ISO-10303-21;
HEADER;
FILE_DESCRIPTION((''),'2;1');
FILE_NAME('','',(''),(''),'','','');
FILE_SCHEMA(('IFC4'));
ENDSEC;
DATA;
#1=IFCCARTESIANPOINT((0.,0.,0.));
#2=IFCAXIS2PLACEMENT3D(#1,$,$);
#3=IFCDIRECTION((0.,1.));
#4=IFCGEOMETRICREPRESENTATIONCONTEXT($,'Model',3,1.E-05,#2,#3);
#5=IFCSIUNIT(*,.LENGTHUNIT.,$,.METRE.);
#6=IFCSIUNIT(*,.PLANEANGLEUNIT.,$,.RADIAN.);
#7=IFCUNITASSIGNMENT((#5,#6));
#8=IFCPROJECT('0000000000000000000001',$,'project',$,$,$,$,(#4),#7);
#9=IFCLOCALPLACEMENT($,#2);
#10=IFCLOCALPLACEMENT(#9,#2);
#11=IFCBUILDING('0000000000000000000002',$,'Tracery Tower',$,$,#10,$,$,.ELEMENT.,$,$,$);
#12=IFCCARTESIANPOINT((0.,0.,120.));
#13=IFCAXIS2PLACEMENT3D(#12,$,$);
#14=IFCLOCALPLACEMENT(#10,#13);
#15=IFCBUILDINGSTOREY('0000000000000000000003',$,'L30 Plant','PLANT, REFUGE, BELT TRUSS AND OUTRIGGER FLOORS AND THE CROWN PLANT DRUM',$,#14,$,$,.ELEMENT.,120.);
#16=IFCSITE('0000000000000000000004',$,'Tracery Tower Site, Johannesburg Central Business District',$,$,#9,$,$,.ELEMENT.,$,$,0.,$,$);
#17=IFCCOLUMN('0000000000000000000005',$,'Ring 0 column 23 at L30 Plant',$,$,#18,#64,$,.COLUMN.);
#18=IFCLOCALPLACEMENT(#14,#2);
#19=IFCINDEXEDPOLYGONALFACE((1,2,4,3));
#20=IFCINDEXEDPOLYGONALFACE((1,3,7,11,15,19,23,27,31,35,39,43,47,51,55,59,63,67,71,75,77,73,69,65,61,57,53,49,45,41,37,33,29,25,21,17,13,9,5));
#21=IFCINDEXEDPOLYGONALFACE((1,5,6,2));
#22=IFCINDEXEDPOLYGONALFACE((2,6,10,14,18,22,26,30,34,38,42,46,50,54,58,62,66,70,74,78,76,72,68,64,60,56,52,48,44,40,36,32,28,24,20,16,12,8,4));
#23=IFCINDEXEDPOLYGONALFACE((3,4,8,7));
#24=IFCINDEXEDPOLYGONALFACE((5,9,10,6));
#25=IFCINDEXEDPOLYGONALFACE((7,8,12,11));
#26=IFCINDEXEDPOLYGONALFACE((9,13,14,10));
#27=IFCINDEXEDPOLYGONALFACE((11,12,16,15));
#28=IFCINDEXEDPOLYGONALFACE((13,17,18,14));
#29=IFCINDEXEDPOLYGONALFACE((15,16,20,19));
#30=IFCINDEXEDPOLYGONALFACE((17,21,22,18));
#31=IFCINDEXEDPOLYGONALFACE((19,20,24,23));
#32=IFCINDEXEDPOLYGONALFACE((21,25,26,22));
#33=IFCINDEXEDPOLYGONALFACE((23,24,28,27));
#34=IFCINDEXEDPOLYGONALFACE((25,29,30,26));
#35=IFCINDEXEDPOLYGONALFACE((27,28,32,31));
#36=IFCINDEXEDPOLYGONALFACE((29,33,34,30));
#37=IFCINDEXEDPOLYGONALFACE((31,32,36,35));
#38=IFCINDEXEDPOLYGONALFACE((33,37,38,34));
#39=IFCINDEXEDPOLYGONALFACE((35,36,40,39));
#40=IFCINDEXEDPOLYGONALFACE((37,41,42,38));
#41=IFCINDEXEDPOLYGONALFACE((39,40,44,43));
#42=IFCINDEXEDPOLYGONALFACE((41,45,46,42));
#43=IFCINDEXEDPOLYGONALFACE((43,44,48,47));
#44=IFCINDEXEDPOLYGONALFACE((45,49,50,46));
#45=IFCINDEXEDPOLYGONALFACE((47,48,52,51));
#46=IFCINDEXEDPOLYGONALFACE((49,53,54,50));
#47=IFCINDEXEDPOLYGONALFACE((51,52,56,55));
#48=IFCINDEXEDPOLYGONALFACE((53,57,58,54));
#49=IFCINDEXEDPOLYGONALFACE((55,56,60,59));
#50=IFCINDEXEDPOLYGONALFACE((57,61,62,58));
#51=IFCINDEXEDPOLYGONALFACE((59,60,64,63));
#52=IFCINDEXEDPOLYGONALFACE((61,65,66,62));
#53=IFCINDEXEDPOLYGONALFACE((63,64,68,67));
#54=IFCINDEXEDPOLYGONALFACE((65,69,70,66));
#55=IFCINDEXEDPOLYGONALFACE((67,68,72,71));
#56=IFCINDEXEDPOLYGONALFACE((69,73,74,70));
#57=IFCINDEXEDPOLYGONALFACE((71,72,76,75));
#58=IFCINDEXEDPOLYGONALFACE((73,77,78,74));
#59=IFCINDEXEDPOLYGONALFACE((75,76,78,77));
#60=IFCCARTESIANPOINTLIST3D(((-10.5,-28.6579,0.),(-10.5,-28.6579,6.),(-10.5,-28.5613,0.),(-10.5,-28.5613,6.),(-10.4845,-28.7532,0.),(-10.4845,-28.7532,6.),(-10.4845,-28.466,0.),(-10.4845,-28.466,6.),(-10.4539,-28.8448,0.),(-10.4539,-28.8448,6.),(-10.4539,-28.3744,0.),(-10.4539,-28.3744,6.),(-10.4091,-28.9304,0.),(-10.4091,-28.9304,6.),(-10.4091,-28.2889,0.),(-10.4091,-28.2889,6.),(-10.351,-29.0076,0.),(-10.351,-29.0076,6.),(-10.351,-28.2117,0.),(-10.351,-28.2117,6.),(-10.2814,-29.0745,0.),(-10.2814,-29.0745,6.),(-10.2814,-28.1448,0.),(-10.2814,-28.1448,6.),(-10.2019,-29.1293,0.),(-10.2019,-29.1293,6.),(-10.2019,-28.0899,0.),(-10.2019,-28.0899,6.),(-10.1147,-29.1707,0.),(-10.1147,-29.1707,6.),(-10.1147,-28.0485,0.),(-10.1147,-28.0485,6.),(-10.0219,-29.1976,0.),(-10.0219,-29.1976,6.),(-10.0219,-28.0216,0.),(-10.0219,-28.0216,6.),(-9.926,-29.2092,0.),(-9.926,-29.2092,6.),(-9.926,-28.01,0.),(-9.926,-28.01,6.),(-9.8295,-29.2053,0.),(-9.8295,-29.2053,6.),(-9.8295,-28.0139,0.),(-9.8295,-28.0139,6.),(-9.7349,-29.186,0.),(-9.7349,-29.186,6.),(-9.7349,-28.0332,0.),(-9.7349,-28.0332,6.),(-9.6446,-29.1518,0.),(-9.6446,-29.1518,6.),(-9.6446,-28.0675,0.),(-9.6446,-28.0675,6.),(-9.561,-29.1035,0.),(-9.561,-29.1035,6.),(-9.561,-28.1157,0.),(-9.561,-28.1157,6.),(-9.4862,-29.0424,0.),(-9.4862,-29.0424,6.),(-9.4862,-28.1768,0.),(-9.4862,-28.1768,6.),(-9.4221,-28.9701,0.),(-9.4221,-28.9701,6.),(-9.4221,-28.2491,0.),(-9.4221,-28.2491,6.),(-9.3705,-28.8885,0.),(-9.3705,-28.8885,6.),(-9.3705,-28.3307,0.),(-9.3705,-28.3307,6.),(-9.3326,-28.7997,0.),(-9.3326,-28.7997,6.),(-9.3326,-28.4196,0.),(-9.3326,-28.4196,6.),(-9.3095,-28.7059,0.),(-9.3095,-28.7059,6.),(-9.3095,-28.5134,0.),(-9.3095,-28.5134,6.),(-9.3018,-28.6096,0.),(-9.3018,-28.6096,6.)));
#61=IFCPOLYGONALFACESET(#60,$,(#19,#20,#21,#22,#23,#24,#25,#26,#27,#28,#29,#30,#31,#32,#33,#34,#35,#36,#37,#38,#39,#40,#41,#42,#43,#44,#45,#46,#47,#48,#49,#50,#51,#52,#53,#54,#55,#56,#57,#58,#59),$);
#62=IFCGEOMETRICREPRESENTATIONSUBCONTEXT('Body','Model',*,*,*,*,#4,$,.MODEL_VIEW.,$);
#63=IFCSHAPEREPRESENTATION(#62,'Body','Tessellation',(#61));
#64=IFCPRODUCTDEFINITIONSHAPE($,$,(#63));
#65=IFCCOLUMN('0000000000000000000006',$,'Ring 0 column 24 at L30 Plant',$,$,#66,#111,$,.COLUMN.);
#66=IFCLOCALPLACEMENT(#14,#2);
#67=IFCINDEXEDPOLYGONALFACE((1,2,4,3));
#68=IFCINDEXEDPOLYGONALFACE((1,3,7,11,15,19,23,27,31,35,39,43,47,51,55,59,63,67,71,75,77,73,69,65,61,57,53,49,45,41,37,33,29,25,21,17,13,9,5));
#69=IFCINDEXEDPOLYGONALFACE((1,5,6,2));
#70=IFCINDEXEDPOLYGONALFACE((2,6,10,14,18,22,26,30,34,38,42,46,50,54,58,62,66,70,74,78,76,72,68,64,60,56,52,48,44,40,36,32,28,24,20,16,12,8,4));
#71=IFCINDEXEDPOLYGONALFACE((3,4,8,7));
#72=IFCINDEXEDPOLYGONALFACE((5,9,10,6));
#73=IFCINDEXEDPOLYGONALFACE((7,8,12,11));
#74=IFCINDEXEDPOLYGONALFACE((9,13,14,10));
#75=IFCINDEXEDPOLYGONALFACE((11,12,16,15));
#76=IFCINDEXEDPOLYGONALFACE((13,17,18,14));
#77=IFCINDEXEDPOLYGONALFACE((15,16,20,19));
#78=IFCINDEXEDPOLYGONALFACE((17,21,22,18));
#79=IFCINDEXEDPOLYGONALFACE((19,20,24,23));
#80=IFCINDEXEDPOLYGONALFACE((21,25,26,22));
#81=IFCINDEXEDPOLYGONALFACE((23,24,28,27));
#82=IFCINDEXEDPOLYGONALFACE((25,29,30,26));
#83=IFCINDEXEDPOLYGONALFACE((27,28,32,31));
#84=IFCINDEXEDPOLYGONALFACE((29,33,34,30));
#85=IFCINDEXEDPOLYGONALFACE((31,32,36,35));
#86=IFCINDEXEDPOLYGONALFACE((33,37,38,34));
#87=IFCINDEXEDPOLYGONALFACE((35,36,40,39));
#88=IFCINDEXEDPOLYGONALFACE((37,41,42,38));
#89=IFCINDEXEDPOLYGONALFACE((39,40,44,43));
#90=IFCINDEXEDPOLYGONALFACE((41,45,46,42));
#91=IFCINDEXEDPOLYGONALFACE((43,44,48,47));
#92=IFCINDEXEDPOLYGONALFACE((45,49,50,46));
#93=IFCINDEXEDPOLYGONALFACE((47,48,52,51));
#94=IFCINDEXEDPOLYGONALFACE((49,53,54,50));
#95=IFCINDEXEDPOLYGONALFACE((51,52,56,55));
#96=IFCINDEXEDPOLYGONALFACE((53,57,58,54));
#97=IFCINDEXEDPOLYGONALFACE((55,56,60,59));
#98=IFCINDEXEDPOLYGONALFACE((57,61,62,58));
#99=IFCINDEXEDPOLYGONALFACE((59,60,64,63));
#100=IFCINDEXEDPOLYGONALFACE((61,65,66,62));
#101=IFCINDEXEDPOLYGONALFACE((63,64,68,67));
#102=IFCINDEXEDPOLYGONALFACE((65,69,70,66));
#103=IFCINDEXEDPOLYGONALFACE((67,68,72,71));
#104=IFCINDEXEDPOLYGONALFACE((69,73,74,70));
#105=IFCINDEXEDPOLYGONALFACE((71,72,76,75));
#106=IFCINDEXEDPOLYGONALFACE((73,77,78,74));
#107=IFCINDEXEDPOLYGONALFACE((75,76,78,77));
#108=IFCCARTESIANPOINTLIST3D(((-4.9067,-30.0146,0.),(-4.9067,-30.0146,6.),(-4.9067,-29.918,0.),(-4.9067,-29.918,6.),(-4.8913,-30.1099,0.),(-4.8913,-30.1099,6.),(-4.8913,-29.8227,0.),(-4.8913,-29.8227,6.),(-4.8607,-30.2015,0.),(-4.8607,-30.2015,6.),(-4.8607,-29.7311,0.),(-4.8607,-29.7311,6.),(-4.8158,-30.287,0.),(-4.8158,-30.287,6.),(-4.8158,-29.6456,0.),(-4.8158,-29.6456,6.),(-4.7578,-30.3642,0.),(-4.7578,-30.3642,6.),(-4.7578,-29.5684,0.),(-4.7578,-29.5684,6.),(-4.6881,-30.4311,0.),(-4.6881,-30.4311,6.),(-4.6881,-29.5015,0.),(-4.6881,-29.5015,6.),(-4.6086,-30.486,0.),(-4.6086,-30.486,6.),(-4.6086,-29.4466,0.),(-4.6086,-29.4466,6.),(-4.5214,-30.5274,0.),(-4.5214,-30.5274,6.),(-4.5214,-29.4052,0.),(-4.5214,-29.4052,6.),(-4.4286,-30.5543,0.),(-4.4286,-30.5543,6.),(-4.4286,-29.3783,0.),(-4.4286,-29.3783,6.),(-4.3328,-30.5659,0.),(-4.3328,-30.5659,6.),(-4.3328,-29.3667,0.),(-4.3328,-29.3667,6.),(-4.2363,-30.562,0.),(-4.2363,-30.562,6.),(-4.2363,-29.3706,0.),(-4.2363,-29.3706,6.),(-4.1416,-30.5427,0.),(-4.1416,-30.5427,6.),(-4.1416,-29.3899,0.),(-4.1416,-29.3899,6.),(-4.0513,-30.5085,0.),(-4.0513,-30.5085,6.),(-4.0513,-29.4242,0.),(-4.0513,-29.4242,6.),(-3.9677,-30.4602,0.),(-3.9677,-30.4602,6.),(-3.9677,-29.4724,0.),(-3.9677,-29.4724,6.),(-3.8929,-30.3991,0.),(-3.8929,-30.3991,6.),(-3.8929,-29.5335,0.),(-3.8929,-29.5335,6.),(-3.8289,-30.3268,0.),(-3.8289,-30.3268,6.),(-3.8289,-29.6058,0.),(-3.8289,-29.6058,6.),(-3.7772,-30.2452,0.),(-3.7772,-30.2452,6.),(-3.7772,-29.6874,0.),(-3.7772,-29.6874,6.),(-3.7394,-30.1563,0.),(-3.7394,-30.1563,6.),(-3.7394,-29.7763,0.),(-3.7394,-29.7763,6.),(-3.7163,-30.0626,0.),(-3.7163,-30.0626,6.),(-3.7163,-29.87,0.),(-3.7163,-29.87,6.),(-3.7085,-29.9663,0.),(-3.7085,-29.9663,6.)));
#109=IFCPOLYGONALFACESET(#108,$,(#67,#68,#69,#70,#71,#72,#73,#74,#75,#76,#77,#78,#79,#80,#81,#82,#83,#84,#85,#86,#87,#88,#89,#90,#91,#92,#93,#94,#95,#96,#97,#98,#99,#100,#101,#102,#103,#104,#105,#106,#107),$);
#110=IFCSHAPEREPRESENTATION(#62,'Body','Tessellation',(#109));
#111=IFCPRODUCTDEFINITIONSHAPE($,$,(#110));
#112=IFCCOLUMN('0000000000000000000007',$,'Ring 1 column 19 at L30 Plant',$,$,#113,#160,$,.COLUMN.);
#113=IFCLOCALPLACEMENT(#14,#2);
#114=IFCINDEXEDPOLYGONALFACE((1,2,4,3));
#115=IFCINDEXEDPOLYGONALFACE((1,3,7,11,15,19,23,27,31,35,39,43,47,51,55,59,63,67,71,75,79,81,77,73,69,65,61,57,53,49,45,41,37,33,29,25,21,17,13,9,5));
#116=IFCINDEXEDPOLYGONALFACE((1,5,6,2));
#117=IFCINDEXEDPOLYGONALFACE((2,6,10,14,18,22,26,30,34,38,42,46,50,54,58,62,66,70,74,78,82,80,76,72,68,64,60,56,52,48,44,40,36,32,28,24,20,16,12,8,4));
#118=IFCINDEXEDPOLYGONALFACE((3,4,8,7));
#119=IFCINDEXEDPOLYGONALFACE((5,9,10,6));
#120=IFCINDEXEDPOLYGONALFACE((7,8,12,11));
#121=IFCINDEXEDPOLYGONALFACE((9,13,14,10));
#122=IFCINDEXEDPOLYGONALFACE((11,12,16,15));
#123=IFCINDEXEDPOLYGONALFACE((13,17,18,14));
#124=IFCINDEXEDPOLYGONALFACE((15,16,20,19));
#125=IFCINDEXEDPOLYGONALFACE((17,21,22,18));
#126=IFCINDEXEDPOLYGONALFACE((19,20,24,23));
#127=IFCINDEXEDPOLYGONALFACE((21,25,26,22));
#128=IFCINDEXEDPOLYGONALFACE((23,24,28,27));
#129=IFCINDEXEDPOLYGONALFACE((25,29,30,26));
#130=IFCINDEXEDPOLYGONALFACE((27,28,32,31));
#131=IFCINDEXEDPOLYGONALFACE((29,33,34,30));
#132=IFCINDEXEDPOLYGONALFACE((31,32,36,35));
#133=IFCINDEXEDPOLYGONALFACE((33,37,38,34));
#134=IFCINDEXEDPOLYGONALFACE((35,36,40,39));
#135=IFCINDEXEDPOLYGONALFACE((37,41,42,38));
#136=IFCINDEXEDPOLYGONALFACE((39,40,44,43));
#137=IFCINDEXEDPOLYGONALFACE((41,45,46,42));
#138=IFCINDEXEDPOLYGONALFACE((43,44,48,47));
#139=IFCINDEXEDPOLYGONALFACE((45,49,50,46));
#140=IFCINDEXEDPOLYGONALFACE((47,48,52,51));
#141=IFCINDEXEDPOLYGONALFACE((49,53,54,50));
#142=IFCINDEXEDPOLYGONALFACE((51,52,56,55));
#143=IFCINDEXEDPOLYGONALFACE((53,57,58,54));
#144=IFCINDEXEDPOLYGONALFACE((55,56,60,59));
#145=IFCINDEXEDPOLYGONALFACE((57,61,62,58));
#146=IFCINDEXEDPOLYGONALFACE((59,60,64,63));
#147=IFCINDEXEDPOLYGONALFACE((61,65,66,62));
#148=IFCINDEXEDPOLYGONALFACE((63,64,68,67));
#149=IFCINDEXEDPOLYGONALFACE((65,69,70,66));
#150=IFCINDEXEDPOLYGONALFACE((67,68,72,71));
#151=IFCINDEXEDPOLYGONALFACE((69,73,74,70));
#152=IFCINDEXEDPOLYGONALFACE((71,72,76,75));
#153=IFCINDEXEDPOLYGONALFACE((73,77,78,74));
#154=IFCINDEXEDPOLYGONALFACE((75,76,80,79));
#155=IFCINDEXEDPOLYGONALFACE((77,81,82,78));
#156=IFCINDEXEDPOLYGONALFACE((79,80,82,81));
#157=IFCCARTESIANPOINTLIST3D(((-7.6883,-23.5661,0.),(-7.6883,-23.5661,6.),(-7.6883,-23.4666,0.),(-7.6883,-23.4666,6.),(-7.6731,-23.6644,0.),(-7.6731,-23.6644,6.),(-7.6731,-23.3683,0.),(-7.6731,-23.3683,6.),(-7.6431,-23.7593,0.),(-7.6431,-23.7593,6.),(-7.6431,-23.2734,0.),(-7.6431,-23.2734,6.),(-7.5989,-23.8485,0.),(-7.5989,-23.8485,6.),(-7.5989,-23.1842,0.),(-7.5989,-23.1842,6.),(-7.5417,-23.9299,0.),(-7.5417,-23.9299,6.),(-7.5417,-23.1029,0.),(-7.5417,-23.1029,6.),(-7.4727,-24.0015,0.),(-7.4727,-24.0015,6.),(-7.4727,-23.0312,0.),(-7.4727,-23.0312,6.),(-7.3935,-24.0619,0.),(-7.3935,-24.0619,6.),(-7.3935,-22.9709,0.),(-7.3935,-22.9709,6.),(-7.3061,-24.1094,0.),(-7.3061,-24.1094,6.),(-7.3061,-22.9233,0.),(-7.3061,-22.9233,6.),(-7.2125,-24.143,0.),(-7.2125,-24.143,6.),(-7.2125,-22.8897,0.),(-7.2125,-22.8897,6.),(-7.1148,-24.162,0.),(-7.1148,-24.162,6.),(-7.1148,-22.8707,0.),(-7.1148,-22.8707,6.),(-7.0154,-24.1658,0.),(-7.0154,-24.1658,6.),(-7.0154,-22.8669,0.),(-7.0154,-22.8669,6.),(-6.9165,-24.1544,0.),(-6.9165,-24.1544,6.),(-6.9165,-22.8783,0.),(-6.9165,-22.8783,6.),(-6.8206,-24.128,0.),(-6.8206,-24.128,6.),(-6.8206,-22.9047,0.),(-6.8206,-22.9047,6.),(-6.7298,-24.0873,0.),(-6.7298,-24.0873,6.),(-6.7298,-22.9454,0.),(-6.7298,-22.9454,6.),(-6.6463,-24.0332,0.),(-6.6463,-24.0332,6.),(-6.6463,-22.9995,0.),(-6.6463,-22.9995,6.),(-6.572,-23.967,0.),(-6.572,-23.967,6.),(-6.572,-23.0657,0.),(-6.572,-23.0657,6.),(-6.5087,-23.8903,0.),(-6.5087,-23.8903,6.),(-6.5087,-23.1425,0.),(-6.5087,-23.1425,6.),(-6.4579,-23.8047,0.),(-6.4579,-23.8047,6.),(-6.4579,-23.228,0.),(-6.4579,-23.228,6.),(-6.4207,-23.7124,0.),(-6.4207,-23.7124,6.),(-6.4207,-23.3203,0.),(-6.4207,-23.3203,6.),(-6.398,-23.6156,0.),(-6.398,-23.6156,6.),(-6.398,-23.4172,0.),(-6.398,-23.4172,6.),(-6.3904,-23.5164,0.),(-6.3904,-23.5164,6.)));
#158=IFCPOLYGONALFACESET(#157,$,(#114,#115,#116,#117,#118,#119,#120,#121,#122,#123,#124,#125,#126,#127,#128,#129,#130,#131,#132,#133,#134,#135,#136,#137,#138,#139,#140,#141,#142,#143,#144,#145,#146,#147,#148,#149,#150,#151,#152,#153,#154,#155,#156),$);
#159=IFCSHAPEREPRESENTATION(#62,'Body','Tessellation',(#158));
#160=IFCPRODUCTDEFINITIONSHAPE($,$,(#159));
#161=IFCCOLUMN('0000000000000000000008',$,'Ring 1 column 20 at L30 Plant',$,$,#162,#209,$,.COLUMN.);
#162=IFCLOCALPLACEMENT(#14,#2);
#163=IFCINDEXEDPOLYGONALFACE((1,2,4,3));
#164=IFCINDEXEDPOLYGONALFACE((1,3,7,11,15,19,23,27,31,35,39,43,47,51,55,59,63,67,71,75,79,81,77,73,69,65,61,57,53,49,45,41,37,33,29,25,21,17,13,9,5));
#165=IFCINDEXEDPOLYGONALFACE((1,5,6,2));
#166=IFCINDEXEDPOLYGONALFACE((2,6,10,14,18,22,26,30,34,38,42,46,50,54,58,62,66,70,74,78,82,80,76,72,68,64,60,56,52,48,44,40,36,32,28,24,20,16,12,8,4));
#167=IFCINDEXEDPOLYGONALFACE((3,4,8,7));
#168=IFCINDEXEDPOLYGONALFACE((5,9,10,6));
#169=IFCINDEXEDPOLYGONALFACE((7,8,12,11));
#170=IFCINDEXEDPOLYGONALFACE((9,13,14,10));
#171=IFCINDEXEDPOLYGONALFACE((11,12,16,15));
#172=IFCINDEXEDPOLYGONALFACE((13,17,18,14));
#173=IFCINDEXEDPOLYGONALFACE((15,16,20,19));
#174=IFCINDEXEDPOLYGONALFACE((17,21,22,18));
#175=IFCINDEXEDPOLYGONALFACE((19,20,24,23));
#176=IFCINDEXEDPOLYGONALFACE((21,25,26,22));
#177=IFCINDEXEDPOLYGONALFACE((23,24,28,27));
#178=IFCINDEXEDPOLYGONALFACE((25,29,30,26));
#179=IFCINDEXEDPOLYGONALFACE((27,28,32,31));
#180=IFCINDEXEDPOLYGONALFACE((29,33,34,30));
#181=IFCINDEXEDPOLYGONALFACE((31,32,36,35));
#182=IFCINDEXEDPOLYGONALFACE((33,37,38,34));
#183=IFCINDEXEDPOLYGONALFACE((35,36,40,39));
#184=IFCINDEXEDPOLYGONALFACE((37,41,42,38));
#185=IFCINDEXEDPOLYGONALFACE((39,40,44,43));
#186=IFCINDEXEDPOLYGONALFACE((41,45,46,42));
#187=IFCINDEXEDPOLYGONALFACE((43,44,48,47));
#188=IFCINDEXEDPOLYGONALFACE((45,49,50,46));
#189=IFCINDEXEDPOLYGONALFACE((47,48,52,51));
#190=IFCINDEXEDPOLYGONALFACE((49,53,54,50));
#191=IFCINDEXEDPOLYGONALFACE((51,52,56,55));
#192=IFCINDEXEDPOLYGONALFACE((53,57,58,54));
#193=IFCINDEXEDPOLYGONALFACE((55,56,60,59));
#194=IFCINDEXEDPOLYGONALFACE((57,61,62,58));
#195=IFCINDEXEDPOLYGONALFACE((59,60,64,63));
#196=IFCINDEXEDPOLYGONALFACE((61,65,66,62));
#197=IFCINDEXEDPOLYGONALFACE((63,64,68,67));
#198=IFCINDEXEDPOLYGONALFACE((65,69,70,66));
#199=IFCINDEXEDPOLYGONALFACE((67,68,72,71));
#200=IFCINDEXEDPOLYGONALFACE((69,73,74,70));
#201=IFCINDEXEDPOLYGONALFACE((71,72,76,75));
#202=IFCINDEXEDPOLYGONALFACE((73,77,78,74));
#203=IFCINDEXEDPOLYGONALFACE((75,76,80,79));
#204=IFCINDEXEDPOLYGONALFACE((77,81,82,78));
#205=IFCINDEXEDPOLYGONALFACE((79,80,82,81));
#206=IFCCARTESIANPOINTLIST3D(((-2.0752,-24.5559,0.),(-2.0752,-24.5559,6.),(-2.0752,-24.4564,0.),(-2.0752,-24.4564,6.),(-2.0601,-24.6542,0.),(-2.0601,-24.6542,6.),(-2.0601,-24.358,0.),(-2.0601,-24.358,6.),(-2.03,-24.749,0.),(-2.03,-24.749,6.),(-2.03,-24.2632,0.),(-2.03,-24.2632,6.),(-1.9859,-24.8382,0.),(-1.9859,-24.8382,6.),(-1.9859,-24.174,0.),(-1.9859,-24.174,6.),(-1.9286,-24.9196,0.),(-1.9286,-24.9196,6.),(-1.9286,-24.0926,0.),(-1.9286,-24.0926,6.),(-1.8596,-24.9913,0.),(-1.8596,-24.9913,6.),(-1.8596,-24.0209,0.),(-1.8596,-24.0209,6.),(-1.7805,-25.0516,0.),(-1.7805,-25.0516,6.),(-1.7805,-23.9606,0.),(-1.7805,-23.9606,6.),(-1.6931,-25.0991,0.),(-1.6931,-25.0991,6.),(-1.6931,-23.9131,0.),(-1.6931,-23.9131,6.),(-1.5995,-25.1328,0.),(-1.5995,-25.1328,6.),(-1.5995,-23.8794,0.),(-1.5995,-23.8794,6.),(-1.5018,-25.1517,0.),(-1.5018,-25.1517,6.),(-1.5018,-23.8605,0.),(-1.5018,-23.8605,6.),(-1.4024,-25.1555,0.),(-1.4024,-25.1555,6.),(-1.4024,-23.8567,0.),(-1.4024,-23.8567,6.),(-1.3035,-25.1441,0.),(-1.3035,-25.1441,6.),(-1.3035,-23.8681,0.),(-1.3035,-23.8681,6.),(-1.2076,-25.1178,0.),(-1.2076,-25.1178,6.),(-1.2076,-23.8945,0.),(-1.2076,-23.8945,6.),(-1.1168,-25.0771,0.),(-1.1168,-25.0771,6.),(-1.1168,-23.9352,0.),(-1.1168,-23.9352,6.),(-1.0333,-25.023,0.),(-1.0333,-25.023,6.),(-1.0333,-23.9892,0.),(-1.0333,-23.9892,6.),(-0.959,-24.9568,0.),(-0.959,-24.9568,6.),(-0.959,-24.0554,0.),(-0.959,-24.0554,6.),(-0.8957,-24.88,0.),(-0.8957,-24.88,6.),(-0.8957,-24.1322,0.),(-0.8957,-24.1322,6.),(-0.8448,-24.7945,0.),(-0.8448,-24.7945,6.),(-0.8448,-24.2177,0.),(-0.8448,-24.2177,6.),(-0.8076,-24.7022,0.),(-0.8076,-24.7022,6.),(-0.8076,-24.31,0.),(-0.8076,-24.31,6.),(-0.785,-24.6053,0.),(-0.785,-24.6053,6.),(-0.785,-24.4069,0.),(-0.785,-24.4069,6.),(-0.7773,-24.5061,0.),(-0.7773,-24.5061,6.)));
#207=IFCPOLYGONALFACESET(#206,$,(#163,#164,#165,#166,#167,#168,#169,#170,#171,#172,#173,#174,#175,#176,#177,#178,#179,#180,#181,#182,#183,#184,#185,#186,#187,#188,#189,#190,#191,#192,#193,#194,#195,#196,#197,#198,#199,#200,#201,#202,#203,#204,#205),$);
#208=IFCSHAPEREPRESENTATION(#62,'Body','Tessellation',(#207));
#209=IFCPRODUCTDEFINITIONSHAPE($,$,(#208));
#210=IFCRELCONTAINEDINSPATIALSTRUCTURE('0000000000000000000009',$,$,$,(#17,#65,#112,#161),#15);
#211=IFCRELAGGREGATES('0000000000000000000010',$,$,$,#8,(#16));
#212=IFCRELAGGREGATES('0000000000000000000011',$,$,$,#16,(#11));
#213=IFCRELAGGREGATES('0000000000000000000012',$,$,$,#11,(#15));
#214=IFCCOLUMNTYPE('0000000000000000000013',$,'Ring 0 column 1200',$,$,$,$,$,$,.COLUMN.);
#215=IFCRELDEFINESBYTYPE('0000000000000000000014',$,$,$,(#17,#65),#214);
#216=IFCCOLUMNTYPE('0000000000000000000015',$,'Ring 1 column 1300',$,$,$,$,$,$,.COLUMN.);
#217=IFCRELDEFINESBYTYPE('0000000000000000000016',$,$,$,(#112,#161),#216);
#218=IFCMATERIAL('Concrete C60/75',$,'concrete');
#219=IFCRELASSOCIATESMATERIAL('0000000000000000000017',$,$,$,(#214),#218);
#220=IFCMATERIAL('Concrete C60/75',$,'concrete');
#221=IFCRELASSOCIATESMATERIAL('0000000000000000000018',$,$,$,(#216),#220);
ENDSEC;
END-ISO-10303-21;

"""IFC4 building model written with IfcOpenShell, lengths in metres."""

from ifc_helpers import new_model, si_unit, direction, frame, origin, origin_2d, place, context, subcontext, project, spatial, circle, extrude, material, material_profile, profile_set, type_object, element, save


model = new_model("IFC4")

# Units and contexts
model_context = context("Model", 3, precision=1e-05, world=origin(), true_north=direction((0.0, 1.0)))
body_context = subcontext(model_context, "Body", "Model", "MODEL_VIEW")
ifc_project = project(units=[si_unit("LENGTHUNIT", "METRE"), si_unit("PLANEANGLEUNIT", "RADIAN")], contexts=[model_context])

# Site, building, storey
site_placement = place(None, origin())
site = spatial("IfcSite", under=ifc_project, at=site_placement, Name="Tracery Tower Site, Johannesburg Central Business District", CompositionType="ELEMENT", RefElevation=0.0)
building_placement = place(site_placement, origin())
building = spatial("IfcBuilding", under=site, at=building_placement, Name="Tracery Tower", CompositionType="ELEMENT")
storey_placement = place(building_placement, frame((0.0, 0.0, 120.0)))
storey = spatial("IfcBuildingStorey", under=building, at=storey_placement, Name="L30 Plant", Description="PLANT, REFUGE, BELT TRUSS AND OUTRIGGER FLOORS AND THE CROWN PLANT DRUM", CompositionType="ELEMENT", Elevation=120.0)

# Columns
ifc_material_1 = material(Name="Concrete C60/75", Category="concrete")
ifc_material_profile_1 = material_profile(ifc_material_1, circle(Radius=0.6001, at=origin_2d()), Name="RC D1200")
ifc_profile_set_1 = profile_set([ifc_material_profile_1], Name="Concrete C60/75")
column_type_1 = type_object("IfcColumnType", Name="Ring 0 column 1200", PredefinedType="COLUMN", material=ifc_profile_set_1)
for number, where, z_axis, x_axis, name in (
    (1, (-9.9019, -28.6096, 0.0), (0.0, 0.0, 1.0), (1.0, 0.0, 0.0), "Ring 0 column 23 at L30 Plant"),
    (2, (-4.3086, -29.9663, 0.0), (0.0, 0.0, 1.0), (1.0, 0.0, 0.0), "Ring 0 column 24 at L30 Plant"),
):
    element("IfcColumn", number, at=place(storey_placement, frame(where, z_axis=z_axis, x_axis=x_axis)), inside=storey, type_object=column_type_1, Name=name, PredefinedType="COLUMN", context=body_context, shape_type="SweptSolid", body=[
        extrude(circle(Radius=0.6001, at=origin_2d()), origin(), (0.0, 0.0, 1.0), 6.0),
    ])
ifc_material_2 = material(Name="Concrete C60/75", Category="concrete")
ifc_material_profile_2 = material_profile(ifc_material_2, circle(Radius=0.6499, at=origin_2d()), Name="RC D1300")
ifc_profile_set_2 = profile_set([ifc_material_profile_2], Name="Concrete C60/75")
column_type_2 = type_object("IfcColumnType", Name="Ring 1 column 1300", PredefinedType="COLUMN", material=ifc_profile_set_2)
for number, where, z_axis, x_axis, name in (
    (3, (-7.0403, -23.5164, 0.0), (0.0, 0.0, 1.0), (1.0, 0.0, 0.0), "Ring 1 column 19 at L30 Plant"),
    (4, (-1.4272, -24.5061, 0.0), (0.0, 0.0, 1.0), (1.0, 0.0, 0.0), "Ring 1 column 20 at L30 Plant"),
):
    element("IfcColumn", number, at=place(storey_placement, frame(where, z_axis=z_axis, x_axis=x_axis)), inside=storey, type_object=column_type_2, Name=name, PredefinedType="COLUMN", context=body_context, shape_type="SweptSolid", body=[
        extrude(circle(Radius=0.6499, at=origin_2d()), origin(), (0.0, 0.0, 1.0), 6.0),
    ])

save(model, "model.ifc")
